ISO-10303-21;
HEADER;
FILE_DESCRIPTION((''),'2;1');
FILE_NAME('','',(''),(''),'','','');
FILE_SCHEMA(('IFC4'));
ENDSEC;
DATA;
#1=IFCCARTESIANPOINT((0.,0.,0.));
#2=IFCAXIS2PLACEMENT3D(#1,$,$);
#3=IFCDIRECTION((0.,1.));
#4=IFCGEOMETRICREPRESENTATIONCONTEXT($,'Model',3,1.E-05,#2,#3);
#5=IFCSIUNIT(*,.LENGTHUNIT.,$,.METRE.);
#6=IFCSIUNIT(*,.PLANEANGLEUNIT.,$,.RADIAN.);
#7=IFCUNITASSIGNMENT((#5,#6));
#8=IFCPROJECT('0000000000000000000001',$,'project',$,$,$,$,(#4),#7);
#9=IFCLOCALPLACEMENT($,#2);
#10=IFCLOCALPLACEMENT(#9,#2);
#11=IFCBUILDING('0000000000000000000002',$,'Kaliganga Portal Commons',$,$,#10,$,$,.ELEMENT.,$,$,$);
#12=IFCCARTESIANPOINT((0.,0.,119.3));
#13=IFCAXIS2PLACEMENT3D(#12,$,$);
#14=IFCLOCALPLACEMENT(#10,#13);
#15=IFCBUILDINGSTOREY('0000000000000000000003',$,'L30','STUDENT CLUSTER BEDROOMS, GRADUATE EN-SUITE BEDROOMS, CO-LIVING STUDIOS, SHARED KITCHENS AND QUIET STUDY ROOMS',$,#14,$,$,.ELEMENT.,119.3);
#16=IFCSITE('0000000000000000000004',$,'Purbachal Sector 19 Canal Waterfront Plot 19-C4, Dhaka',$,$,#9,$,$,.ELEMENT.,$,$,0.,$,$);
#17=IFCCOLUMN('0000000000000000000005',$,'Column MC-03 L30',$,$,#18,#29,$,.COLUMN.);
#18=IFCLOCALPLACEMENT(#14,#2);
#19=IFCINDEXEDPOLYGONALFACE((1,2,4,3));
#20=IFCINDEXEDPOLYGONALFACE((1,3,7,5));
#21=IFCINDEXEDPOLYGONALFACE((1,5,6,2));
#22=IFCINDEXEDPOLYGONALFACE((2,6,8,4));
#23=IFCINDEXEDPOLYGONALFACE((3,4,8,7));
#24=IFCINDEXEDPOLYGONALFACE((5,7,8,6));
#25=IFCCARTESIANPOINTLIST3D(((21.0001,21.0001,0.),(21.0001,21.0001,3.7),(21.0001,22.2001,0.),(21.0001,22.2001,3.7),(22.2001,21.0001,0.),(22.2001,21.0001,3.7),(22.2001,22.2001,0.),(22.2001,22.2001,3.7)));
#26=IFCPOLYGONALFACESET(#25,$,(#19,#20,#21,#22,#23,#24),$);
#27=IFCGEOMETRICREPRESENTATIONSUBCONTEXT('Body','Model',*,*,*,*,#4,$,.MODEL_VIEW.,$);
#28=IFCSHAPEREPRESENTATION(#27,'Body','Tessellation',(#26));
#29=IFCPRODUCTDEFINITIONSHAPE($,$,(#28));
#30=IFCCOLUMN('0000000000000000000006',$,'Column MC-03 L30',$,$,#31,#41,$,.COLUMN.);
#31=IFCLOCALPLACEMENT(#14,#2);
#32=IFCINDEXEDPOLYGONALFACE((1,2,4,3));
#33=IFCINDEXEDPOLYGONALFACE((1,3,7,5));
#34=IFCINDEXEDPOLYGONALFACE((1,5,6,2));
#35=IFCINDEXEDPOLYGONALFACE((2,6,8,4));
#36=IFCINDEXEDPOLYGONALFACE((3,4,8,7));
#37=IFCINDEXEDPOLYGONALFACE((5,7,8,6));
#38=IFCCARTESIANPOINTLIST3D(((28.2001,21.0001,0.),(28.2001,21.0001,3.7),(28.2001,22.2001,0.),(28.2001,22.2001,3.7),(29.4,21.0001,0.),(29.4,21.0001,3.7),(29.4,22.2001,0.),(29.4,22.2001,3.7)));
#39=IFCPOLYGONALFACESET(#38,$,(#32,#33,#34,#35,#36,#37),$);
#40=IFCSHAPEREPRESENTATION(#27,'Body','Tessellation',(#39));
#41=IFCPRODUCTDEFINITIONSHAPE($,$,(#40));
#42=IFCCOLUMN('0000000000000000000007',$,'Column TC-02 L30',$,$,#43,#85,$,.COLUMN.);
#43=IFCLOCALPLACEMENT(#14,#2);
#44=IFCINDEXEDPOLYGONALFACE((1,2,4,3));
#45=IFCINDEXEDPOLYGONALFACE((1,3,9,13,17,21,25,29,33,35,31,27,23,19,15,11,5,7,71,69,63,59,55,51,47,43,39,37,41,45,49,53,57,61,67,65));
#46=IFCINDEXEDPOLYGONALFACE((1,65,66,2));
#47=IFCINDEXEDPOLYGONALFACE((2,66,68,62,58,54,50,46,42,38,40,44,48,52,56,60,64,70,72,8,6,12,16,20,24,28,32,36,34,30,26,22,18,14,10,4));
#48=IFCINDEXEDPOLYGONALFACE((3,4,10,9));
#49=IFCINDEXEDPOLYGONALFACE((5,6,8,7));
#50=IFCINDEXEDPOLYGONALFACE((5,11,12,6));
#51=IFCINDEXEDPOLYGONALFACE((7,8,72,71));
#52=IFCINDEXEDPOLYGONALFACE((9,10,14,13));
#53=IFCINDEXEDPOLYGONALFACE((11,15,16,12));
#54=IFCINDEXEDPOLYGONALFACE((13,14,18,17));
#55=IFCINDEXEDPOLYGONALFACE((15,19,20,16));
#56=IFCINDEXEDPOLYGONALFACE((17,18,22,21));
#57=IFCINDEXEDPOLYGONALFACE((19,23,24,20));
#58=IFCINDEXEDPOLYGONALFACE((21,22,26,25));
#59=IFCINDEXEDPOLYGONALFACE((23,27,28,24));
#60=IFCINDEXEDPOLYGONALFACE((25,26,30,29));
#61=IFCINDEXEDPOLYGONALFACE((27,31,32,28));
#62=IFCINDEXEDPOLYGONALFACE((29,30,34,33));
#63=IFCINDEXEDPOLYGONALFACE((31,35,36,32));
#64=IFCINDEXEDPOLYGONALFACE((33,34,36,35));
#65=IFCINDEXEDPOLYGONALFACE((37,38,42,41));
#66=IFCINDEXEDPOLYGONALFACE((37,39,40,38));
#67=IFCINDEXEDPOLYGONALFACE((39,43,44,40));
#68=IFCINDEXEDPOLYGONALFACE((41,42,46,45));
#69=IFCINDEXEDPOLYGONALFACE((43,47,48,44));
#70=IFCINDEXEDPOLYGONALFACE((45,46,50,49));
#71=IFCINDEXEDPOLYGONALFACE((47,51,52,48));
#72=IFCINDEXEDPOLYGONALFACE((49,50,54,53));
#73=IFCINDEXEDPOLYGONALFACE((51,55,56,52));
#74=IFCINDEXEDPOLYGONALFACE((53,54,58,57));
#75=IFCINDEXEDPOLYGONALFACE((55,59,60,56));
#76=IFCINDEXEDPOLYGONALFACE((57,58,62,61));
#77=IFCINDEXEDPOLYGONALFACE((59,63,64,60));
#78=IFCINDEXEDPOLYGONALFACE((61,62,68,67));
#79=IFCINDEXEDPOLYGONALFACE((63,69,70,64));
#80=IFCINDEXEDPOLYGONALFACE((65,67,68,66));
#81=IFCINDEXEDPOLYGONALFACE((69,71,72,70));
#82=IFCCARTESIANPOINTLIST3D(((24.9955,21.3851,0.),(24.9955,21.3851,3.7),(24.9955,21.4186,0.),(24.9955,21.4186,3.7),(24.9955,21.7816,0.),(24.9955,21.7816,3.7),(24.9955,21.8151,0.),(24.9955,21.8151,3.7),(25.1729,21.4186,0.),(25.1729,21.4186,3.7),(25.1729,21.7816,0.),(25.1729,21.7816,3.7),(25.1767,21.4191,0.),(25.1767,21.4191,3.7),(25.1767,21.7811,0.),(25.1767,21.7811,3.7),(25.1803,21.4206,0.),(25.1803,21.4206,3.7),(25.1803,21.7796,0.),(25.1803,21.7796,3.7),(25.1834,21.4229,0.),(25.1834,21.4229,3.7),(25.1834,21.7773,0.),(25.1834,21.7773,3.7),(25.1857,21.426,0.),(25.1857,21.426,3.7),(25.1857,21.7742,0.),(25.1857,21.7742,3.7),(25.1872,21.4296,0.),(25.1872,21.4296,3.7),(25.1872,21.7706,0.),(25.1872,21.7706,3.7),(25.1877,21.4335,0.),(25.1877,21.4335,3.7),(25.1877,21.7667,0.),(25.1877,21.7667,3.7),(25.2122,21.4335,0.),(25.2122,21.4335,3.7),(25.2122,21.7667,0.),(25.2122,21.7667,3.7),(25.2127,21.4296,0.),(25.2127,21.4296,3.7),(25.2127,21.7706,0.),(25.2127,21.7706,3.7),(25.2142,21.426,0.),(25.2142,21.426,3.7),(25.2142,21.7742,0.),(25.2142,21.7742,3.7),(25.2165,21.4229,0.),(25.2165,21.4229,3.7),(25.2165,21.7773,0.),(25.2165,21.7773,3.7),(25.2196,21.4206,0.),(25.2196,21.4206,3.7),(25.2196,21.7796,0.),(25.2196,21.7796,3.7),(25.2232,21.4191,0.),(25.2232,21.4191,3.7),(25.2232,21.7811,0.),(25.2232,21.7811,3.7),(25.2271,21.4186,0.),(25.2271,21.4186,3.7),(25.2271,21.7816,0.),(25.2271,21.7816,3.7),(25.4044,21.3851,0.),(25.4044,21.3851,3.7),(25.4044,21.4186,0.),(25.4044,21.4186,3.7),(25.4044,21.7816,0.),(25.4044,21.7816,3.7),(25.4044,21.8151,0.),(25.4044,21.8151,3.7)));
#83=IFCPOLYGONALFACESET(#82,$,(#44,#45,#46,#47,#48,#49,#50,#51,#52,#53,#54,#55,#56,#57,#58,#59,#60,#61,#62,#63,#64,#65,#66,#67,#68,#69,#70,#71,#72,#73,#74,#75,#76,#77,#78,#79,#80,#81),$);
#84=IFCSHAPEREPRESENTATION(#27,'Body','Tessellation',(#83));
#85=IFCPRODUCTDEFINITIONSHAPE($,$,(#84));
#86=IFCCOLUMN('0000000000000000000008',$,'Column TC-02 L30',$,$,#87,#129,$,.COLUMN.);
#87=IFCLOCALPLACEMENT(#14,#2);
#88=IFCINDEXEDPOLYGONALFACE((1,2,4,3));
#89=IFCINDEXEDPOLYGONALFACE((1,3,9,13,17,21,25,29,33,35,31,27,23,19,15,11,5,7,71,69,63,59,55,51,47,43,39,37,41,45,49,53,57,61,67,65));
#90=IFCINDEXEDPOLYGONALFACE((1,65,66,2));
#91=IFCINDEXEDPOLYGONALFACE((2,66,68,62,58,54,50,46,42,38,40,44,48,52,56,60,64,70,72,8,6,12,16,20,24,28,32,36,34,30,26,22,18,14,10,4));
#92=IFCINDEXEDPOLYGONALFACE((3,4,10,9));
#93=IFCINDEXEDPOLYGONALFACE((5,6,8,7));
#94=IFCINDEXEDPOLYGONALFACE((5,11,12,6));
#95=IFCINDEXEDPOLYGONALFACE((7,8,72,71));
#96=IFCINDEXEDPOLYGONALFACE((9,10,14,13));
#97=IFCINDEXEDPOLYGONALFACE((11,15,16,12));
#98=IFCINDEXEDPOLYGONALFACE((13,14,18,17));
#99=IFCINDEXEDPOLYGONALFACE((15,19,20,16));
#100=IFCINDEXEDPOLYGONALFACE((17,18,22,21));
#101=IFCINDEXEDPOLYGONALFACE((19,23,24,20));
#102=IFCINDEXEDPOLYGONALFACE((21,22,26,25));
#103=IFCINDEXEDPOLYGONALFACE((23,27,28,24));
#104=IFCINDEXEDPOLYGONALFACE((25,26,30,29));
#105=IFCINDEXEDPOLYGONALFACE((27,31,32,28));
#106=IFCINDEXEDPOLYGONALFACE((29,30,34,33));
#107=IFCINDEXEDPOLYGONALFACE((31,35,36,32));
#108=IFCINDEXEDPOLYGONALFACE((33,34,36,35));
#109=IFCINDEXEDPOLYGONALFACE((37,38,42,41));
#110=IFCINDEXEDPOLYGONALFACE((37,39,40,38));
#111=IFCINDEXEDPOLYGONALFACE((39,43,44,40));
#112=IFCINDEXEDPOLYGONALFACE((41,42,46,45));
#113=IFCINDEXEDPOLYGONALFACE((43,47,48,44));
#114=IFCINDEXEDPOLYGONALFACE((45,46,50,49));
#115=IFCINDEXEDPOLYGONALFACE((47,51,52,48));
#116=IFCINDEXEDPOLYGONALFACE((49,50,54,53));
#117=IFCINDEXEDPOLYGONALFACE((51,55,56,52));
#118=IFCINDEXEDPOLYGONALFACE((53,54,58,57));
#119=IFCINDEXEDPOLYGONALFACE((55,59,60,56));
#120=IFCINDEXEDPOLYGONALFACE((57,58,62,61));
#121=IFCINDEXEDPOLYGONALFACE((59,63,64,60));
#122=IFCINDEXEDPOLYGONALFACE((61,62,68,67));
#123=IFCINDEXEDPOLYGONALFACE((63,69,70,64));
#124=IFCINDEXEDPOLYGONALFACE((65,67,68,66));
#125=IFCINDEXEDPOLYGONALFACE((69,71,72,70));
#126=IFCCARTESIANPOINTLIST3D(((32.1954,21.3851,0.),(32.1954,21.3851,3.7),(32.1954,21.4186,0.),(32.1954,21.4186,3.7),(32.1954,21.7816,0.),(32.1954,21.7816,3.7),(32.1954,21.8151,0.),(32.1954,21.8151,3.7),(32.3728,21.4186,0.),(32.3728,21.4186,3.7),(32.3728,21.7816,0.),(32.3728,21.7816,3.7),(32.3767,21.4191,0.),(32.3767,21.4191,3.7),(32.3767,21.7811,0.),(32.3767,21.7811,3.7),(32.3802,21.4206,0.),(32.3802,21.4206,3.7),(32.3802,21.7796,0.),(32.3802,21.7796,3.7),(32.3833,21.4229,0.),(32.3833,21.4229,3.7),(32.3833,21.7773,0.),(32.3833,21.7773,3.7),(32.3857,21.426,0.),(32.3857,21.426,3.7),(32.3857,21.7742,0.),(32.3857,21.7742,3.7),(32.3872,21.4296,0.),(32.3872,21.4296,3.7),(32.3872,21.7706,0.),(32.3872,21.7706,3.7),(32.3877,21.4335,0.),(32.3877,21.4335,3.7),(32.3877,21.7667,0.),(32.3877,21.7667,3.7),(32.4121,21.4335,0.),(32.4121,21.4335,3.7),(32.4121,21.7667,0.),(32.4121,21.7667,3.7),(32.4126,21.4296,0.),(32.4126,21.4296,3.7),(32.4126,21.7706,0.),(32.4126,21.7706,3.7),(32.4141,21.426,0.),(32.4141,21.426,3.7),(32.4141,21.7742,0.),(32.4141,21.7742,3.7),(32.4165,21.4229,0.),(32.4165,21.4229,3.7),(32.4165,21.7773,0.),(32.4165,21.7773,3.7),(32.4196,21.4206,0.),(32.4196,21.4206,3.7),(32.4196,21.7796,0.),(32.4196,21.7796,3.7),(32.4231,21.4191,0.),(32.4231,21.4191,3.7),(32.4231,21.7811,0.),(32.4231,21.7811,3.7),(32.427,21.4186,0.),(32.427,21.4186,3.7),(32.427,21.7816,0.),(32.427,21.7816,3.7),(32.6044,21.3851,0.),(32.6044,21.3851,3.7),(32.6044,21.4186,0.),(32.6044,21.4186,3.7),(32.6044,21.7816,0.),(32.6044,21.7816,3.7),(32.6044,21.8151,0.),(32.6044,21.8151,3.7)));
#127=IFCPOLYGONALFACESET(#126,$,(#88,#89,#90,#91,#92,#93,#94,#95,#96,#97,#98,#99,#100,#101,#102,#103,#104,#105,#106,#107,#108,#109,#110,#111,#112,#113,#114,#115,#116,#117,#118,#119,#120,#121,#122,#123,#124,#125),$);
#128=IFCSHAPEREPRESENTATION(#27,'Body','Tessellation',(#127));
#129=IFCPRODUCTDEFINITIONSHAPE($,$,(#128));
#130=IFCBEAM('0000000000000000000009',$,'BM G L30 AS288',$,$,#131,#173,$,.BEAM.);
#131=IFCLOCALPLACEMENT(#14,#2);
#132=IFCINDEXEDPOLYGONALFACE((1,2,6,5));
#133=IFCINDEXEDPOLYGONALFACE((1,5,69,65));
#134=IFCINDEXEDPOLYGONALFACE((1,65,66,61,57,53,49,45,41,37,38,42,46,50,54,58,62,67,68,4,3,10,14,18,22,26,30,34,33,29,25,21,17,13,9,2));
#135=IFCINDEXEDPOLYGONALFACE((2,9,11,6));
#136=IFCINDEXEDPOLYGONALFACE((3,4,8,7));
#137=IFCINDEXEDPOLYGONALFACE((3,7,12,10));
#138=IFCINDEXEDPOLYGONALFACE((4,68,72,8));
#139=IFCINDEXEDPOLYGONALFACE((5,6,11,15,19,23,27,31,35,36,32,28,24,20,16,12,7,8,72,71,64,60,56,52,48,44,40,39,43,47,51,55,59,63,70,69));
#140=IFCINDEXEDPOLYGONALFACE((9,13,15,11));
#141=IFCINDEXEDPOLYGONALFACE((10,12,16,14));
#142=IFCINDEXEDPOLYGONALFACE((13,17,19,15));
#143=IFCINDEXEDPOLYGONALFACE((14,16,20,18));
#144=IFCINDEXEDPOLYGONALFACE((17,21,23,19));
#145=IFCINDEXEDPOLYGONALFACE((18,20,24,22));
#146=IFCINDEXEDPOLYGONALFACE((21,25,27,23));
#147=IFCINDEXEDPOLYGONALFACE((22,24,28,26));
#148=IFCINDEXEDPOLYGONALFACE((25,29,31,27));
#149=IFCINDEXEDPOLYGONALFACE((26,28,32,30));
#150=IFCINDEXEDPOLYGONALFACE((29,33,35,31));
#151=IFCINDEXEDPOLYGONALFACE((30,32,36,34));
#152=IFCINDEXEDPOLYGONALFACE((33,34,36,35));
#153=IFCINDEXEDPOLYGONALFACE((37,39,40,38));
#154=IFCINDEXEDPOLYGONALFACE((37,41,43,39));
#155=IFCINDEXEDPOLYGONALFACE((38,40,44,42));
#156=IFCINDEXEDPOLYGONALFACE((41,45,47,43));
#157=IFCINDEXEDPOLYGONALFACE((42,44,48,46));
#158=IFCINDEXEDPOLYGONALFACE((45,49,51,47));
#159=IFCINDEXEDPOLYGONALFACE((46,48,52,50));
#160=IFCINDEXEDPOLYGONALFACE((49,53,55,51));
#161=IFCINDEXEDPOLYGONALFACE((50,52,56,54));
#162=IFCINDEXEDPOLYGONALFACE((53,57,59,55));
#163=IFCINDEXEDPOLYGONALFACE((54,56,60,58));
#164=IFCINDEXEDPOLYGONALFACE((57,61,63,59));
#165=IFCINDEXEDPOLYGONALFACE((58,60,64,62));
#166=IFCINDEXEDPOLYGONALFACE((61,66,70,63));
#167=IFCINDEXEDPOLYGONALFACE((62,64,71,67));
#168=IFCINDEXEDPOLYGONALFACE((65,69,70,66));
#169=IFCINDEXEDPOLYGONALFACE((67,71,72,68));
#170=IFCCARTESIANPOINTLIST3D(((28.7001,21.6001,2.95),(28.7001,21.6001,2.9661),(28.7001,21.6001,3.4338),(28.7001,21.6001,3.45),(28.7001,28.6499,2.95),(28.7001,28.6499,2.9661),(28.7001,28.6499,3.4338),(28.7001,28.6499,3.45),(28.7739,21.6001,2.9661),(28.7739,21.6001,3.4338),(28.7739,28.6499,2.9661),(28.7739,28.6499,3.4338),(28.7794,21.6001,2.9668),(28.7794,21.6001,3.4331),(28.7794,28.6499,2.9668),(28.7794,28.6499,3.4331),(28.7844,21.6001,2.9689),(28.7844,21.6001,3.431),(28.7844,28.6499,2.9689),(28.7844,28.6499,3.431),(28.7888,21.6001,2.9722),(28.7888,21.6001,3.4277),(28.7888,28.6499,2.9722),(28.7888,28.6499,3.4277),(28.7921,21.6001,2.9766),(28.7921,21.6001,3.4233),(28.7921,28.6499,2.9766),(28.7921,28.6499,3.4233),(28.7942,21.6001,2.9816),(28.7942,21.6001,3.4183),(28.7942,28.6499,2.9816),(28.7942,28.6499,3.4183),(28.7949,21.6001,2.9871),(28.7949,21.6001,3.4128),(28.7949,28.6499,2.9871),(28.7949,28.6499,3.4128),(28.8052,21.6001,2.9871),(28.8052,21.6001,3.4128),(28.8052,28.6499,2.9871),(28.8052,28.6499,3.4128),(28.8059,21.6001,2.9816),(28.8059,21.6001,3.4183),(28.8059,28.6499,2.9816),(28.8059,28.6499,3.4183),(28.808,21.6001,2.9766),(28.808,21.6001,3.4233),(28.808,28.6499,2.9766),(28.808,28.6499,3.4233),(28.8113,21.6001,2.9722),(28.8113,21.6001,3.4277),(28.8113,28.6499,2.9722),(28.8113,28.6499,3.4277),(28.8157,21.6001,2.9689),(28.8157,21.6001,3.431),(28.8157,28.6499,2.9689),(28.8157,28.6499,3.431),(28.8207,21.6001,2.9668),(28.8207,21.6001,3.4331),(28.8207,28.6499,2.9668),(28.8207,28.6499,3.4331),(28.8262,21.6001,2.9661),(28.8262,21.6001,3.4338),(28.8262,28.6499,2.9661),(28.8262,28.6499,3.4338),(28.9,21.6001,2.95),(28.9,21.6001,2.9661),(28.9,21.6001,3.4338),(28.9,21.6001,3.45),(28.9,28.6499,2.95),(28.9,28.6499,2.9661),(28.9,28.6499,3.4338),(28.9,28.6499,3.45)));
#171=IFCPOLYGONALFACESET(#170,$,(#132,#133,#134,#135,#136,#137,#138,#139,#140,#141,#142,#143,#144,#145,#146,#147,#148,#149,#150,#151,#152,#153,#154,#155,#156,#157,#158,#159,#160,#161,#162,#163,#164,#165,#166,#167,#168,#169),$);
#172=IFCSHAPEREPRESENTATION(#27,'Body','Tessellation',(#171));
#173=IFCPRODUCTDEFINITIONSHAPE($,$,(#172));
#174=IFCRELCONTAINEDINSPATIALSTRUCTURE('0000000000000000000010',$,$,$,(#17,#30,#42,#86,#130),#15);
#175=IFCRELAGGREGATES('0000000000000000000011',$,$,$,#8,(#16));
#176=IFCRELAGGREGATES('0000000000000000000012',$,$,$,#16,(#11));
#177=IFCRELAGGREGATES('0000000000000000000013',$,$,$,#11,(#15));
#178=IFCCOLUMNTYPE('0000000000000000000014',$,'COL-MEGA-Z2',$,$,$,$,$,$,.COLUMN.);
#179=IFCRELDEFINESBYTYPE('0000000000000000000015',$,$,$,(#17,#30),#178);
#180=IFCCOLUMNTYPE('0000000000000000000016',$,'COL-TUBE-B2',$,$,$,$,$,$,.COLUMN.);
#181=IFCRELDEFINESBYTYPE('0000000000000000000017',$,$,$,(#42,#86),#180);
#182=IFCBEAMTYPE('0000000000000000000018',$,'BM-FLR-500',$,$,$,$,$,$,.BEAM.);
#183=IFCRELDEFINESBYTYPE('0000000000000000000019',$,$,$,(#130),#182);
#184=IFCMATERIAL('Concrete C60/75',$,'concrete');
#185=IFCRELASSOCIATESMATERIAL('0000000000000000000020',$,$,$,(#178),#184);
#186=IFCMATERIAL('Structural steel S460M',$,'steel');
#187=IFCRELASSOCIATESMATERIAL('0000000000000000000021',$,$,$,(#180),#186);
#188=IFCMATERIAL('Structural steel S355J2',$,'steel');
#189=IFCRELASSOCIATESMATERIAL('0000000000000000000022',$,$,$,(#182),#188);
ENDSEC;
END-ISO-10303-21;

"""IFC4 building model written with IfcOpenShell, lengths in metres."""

from ifc_helpers import new_model, si_unit, direction, frame, origin, origin_2d, place, context, subcontext, project, spatial, rectangle, i_section, extrude, source, transform, mapped, material, material_profile, profile_set, type_object, element, save


model = new_model("IFC4")

# Units and contexts
model_context = context("Model", 3, precision=1e-05, world=origin(), true_north=direction((0.0, 1.0)))
body_context = subcontext(model_context, "Body", "Model", "MODEL_VIEW")
ifc_project = project(units=[si_unit("LENGTHUNIT", "METRE"), si_unit("PLANEANGLEUNIT", "RADIAN")], contexts=[model_context])

# Site, building, storey
site_placement = place(None, origin())
site = spatial("IfcSite", under=ifc_project, at=site_placement, Name="Purbachal Sector 19 Canal Waterfront Plot 19-C4, Dhaka", CompositionType="ELEMENT", RefElevation=0.0)
building_placement = place(site_placement, origin())
building = spatial("IfcBuilding", under=site, at=building_placement, Name="Kaliganga Portal Commons", CompositionType="ELEMENT")
storey_placement = place(building_placement, frame((0.0, 0.0, 119.3)))
storey = spatial("IfcBuildingStorey", under=building, at=storey_placement, Name="L30", Description="STUDENT CLUSTER BEDROOMS, GRADUATE EN-SUITE BEDROOMS, CO-LIVING STUDIOS, SHARED KITCHENS AND QUIET STUDY ROOMS", CompositionType="ELEMENT", Elevation=119.3)

# Columns
ifc_material_1 = material(Name="Concrete C60/75", Category="concrete")
ifc_material_profile_1 = material_profile(ifc_material_1, rectangle(XDim=1.2, YDim=1.2, at=origin_2d()), Name="RC 1200x1200")
ifc_profile_set_1 = profile_set([ifc_material_profile_1], Name="Concrete C60/75")
column_type_1 = type_object("IfcColumnType", Name="COL-MEGA-Z2", PredefinedType="COLUMN", material=ifc_profile_set_1)
shared_shape_1 = source(origin(), body_context, "Body", "SweptSolid", [
    extrude(rectangle(XDim=1.2, YDim=1.2, at=origin_2d()), origin(), (0.0, 0.0, 1.0), 3.7),
])
for number, where, z_axis, x_axis, name in (
    (1, (21.6001, 21.6001, 0.0), (0.0, 0.0, 1.0), (1.0, 0.0, 0.0), "Column MC-03 L30"),
    (2, (28.8, 21.6001, 0.0), (0.0, 0.0, 1.0), (1.0, 0.0, 0.0), "Column MC-03 L30"),
):
    element("IfcColumn", number, at=place(storey_placement, frame(where, z_axis=z_axis, x_axis=x_axis)), inside=storey, type_object=column_type_1, Name=name, PredefinedType="COLUMN", context=body_context, shape_type="MappedRepresentation", body=[
        mapped(shared_shape_1, transform((0.0, 0.0, 0.0), x_axis=(1.0, 0.0, 0.0), y_axis=(0.0, 1.0, 0.0), z_axis=(0.0, 0.0, 1.0), scale=1.0)),
    ])
ifc_material_2 = material(Name="Structural steel S460M", Category="steel")
ifc_material_profile_2 = material_profile(ifc_material_2, i_section(OverallWidth=0.4089, OverallDepth=0.4299, WebThickness=0.0244, FlangeThickness=0.0334, FilletRadius=0.0149, at=origin_2d()), Name="HD 400x421")
ifc_profile_set_2 = profile_set([ifc_material_profile_2], Name="Structural steel S460M wide-flange")
column_type_2 = type_object("IfcColumnType", Name="COL-TUBE-B2", PredefinedType="COLUMN", material=ifc_profile_set_2)
shared_shape_2 = source(origin(), body_context, "Body", "SweptSolid", [
    extrude(i_section(OverallWidth=0.4089, OverallDepth=0.4299, WebThickness=0.0244, FlangeThickness=0.0334, FilletRadius=0.0149, at=origin_2d()), origin(), (0.0, 0.0, 1.0), 3.7),
])
for number, where, z_axis, x_axis, name in (
    (3, (25.2, 21.6001, 0.0), (0.0, 0.0, 1.0), (1.0, 0.0, 0.0), "Column TC-02 L30"),
    (4, (32.3999, 21.6001, 0.0), (0.0, 0.0, 1.0), (1.0, 0.0, 0.0), "Column TC-02 L30"),
):
    element("IfcColumn", number, at=place(storey_placement, frame(where, z_axis=z_axis, x_axis=x_axis)), inside=storey, type_object=column_type_2, Name=name, PredefinedType="COLUMN", context=body_context, shape_type="MappedRepresentation", body=[
        mapped(shared_shape_2, transform((0.0, 0.0, 0.0), x_axis=(1.0, 0.0, 0.0), y_axis=(0.0, 1.0, 0.0), z_axis=(0.0, 0.0, 1.0), scale=1.0)),
    ])

# Beam
ifc_material_3 = material(Name="Structural steel S355J2", Category="steel")
ifc_material_profile_3 = material_profile(ifc_material_3, i_section(OverallWidth=0.2, OverallDepth=0.5, WebThickness=0.0103, FlangeThickness=0.0161, FilletRadius=0.021, at=origin_2d()), Name="IPE 500")
ifc_profile_set_3 = profile_set([ifc_material_profile_3], Name="Structural steel S355J2 wide-flange")
beam_type_1 = type_object("IfcBeamType", Name="BM-FLR-500", PredefinedType="BEAM", material=ifc_profile_set_3)
shared_shape_3 = source(origin(), body_context, "Body", "SweptSolid", [
    extrude(i_section(OverallWidth=0.2, OverallDepth=0.5, WebThickness=0.0103, FlangeThickness=0.0161, FilletRadius=0.021, at=origin_2d()), origin(), (0.0, 0.0, 1.0), 7.0498),
])
beam_1_placement = place(storey_placement, frame((28.8, 21.6001, 3.2), z_axis=(0.0, 1.0, 0.0), x_axis=(-1.0, 0.0, 0.0)))
element("IfcBeam", 5, at=beam_1_placement, inside=storey, type_object=beam_type_1, Name="BM G L30 AS288", PredefinedType="BEAM", context=body_context, shape_type="MappedRepresentation", body=[
    mapped(shared_shape_3, transform((0.0, 0.0, 0.0), x_axis=(1.0, 0.0, 0.0), y_axis=(0.0, 1.0, 0.0), z_axis=(0.0, 0.0, 1.0), scale=1.0)),
])

save(model, "model.ifc")
